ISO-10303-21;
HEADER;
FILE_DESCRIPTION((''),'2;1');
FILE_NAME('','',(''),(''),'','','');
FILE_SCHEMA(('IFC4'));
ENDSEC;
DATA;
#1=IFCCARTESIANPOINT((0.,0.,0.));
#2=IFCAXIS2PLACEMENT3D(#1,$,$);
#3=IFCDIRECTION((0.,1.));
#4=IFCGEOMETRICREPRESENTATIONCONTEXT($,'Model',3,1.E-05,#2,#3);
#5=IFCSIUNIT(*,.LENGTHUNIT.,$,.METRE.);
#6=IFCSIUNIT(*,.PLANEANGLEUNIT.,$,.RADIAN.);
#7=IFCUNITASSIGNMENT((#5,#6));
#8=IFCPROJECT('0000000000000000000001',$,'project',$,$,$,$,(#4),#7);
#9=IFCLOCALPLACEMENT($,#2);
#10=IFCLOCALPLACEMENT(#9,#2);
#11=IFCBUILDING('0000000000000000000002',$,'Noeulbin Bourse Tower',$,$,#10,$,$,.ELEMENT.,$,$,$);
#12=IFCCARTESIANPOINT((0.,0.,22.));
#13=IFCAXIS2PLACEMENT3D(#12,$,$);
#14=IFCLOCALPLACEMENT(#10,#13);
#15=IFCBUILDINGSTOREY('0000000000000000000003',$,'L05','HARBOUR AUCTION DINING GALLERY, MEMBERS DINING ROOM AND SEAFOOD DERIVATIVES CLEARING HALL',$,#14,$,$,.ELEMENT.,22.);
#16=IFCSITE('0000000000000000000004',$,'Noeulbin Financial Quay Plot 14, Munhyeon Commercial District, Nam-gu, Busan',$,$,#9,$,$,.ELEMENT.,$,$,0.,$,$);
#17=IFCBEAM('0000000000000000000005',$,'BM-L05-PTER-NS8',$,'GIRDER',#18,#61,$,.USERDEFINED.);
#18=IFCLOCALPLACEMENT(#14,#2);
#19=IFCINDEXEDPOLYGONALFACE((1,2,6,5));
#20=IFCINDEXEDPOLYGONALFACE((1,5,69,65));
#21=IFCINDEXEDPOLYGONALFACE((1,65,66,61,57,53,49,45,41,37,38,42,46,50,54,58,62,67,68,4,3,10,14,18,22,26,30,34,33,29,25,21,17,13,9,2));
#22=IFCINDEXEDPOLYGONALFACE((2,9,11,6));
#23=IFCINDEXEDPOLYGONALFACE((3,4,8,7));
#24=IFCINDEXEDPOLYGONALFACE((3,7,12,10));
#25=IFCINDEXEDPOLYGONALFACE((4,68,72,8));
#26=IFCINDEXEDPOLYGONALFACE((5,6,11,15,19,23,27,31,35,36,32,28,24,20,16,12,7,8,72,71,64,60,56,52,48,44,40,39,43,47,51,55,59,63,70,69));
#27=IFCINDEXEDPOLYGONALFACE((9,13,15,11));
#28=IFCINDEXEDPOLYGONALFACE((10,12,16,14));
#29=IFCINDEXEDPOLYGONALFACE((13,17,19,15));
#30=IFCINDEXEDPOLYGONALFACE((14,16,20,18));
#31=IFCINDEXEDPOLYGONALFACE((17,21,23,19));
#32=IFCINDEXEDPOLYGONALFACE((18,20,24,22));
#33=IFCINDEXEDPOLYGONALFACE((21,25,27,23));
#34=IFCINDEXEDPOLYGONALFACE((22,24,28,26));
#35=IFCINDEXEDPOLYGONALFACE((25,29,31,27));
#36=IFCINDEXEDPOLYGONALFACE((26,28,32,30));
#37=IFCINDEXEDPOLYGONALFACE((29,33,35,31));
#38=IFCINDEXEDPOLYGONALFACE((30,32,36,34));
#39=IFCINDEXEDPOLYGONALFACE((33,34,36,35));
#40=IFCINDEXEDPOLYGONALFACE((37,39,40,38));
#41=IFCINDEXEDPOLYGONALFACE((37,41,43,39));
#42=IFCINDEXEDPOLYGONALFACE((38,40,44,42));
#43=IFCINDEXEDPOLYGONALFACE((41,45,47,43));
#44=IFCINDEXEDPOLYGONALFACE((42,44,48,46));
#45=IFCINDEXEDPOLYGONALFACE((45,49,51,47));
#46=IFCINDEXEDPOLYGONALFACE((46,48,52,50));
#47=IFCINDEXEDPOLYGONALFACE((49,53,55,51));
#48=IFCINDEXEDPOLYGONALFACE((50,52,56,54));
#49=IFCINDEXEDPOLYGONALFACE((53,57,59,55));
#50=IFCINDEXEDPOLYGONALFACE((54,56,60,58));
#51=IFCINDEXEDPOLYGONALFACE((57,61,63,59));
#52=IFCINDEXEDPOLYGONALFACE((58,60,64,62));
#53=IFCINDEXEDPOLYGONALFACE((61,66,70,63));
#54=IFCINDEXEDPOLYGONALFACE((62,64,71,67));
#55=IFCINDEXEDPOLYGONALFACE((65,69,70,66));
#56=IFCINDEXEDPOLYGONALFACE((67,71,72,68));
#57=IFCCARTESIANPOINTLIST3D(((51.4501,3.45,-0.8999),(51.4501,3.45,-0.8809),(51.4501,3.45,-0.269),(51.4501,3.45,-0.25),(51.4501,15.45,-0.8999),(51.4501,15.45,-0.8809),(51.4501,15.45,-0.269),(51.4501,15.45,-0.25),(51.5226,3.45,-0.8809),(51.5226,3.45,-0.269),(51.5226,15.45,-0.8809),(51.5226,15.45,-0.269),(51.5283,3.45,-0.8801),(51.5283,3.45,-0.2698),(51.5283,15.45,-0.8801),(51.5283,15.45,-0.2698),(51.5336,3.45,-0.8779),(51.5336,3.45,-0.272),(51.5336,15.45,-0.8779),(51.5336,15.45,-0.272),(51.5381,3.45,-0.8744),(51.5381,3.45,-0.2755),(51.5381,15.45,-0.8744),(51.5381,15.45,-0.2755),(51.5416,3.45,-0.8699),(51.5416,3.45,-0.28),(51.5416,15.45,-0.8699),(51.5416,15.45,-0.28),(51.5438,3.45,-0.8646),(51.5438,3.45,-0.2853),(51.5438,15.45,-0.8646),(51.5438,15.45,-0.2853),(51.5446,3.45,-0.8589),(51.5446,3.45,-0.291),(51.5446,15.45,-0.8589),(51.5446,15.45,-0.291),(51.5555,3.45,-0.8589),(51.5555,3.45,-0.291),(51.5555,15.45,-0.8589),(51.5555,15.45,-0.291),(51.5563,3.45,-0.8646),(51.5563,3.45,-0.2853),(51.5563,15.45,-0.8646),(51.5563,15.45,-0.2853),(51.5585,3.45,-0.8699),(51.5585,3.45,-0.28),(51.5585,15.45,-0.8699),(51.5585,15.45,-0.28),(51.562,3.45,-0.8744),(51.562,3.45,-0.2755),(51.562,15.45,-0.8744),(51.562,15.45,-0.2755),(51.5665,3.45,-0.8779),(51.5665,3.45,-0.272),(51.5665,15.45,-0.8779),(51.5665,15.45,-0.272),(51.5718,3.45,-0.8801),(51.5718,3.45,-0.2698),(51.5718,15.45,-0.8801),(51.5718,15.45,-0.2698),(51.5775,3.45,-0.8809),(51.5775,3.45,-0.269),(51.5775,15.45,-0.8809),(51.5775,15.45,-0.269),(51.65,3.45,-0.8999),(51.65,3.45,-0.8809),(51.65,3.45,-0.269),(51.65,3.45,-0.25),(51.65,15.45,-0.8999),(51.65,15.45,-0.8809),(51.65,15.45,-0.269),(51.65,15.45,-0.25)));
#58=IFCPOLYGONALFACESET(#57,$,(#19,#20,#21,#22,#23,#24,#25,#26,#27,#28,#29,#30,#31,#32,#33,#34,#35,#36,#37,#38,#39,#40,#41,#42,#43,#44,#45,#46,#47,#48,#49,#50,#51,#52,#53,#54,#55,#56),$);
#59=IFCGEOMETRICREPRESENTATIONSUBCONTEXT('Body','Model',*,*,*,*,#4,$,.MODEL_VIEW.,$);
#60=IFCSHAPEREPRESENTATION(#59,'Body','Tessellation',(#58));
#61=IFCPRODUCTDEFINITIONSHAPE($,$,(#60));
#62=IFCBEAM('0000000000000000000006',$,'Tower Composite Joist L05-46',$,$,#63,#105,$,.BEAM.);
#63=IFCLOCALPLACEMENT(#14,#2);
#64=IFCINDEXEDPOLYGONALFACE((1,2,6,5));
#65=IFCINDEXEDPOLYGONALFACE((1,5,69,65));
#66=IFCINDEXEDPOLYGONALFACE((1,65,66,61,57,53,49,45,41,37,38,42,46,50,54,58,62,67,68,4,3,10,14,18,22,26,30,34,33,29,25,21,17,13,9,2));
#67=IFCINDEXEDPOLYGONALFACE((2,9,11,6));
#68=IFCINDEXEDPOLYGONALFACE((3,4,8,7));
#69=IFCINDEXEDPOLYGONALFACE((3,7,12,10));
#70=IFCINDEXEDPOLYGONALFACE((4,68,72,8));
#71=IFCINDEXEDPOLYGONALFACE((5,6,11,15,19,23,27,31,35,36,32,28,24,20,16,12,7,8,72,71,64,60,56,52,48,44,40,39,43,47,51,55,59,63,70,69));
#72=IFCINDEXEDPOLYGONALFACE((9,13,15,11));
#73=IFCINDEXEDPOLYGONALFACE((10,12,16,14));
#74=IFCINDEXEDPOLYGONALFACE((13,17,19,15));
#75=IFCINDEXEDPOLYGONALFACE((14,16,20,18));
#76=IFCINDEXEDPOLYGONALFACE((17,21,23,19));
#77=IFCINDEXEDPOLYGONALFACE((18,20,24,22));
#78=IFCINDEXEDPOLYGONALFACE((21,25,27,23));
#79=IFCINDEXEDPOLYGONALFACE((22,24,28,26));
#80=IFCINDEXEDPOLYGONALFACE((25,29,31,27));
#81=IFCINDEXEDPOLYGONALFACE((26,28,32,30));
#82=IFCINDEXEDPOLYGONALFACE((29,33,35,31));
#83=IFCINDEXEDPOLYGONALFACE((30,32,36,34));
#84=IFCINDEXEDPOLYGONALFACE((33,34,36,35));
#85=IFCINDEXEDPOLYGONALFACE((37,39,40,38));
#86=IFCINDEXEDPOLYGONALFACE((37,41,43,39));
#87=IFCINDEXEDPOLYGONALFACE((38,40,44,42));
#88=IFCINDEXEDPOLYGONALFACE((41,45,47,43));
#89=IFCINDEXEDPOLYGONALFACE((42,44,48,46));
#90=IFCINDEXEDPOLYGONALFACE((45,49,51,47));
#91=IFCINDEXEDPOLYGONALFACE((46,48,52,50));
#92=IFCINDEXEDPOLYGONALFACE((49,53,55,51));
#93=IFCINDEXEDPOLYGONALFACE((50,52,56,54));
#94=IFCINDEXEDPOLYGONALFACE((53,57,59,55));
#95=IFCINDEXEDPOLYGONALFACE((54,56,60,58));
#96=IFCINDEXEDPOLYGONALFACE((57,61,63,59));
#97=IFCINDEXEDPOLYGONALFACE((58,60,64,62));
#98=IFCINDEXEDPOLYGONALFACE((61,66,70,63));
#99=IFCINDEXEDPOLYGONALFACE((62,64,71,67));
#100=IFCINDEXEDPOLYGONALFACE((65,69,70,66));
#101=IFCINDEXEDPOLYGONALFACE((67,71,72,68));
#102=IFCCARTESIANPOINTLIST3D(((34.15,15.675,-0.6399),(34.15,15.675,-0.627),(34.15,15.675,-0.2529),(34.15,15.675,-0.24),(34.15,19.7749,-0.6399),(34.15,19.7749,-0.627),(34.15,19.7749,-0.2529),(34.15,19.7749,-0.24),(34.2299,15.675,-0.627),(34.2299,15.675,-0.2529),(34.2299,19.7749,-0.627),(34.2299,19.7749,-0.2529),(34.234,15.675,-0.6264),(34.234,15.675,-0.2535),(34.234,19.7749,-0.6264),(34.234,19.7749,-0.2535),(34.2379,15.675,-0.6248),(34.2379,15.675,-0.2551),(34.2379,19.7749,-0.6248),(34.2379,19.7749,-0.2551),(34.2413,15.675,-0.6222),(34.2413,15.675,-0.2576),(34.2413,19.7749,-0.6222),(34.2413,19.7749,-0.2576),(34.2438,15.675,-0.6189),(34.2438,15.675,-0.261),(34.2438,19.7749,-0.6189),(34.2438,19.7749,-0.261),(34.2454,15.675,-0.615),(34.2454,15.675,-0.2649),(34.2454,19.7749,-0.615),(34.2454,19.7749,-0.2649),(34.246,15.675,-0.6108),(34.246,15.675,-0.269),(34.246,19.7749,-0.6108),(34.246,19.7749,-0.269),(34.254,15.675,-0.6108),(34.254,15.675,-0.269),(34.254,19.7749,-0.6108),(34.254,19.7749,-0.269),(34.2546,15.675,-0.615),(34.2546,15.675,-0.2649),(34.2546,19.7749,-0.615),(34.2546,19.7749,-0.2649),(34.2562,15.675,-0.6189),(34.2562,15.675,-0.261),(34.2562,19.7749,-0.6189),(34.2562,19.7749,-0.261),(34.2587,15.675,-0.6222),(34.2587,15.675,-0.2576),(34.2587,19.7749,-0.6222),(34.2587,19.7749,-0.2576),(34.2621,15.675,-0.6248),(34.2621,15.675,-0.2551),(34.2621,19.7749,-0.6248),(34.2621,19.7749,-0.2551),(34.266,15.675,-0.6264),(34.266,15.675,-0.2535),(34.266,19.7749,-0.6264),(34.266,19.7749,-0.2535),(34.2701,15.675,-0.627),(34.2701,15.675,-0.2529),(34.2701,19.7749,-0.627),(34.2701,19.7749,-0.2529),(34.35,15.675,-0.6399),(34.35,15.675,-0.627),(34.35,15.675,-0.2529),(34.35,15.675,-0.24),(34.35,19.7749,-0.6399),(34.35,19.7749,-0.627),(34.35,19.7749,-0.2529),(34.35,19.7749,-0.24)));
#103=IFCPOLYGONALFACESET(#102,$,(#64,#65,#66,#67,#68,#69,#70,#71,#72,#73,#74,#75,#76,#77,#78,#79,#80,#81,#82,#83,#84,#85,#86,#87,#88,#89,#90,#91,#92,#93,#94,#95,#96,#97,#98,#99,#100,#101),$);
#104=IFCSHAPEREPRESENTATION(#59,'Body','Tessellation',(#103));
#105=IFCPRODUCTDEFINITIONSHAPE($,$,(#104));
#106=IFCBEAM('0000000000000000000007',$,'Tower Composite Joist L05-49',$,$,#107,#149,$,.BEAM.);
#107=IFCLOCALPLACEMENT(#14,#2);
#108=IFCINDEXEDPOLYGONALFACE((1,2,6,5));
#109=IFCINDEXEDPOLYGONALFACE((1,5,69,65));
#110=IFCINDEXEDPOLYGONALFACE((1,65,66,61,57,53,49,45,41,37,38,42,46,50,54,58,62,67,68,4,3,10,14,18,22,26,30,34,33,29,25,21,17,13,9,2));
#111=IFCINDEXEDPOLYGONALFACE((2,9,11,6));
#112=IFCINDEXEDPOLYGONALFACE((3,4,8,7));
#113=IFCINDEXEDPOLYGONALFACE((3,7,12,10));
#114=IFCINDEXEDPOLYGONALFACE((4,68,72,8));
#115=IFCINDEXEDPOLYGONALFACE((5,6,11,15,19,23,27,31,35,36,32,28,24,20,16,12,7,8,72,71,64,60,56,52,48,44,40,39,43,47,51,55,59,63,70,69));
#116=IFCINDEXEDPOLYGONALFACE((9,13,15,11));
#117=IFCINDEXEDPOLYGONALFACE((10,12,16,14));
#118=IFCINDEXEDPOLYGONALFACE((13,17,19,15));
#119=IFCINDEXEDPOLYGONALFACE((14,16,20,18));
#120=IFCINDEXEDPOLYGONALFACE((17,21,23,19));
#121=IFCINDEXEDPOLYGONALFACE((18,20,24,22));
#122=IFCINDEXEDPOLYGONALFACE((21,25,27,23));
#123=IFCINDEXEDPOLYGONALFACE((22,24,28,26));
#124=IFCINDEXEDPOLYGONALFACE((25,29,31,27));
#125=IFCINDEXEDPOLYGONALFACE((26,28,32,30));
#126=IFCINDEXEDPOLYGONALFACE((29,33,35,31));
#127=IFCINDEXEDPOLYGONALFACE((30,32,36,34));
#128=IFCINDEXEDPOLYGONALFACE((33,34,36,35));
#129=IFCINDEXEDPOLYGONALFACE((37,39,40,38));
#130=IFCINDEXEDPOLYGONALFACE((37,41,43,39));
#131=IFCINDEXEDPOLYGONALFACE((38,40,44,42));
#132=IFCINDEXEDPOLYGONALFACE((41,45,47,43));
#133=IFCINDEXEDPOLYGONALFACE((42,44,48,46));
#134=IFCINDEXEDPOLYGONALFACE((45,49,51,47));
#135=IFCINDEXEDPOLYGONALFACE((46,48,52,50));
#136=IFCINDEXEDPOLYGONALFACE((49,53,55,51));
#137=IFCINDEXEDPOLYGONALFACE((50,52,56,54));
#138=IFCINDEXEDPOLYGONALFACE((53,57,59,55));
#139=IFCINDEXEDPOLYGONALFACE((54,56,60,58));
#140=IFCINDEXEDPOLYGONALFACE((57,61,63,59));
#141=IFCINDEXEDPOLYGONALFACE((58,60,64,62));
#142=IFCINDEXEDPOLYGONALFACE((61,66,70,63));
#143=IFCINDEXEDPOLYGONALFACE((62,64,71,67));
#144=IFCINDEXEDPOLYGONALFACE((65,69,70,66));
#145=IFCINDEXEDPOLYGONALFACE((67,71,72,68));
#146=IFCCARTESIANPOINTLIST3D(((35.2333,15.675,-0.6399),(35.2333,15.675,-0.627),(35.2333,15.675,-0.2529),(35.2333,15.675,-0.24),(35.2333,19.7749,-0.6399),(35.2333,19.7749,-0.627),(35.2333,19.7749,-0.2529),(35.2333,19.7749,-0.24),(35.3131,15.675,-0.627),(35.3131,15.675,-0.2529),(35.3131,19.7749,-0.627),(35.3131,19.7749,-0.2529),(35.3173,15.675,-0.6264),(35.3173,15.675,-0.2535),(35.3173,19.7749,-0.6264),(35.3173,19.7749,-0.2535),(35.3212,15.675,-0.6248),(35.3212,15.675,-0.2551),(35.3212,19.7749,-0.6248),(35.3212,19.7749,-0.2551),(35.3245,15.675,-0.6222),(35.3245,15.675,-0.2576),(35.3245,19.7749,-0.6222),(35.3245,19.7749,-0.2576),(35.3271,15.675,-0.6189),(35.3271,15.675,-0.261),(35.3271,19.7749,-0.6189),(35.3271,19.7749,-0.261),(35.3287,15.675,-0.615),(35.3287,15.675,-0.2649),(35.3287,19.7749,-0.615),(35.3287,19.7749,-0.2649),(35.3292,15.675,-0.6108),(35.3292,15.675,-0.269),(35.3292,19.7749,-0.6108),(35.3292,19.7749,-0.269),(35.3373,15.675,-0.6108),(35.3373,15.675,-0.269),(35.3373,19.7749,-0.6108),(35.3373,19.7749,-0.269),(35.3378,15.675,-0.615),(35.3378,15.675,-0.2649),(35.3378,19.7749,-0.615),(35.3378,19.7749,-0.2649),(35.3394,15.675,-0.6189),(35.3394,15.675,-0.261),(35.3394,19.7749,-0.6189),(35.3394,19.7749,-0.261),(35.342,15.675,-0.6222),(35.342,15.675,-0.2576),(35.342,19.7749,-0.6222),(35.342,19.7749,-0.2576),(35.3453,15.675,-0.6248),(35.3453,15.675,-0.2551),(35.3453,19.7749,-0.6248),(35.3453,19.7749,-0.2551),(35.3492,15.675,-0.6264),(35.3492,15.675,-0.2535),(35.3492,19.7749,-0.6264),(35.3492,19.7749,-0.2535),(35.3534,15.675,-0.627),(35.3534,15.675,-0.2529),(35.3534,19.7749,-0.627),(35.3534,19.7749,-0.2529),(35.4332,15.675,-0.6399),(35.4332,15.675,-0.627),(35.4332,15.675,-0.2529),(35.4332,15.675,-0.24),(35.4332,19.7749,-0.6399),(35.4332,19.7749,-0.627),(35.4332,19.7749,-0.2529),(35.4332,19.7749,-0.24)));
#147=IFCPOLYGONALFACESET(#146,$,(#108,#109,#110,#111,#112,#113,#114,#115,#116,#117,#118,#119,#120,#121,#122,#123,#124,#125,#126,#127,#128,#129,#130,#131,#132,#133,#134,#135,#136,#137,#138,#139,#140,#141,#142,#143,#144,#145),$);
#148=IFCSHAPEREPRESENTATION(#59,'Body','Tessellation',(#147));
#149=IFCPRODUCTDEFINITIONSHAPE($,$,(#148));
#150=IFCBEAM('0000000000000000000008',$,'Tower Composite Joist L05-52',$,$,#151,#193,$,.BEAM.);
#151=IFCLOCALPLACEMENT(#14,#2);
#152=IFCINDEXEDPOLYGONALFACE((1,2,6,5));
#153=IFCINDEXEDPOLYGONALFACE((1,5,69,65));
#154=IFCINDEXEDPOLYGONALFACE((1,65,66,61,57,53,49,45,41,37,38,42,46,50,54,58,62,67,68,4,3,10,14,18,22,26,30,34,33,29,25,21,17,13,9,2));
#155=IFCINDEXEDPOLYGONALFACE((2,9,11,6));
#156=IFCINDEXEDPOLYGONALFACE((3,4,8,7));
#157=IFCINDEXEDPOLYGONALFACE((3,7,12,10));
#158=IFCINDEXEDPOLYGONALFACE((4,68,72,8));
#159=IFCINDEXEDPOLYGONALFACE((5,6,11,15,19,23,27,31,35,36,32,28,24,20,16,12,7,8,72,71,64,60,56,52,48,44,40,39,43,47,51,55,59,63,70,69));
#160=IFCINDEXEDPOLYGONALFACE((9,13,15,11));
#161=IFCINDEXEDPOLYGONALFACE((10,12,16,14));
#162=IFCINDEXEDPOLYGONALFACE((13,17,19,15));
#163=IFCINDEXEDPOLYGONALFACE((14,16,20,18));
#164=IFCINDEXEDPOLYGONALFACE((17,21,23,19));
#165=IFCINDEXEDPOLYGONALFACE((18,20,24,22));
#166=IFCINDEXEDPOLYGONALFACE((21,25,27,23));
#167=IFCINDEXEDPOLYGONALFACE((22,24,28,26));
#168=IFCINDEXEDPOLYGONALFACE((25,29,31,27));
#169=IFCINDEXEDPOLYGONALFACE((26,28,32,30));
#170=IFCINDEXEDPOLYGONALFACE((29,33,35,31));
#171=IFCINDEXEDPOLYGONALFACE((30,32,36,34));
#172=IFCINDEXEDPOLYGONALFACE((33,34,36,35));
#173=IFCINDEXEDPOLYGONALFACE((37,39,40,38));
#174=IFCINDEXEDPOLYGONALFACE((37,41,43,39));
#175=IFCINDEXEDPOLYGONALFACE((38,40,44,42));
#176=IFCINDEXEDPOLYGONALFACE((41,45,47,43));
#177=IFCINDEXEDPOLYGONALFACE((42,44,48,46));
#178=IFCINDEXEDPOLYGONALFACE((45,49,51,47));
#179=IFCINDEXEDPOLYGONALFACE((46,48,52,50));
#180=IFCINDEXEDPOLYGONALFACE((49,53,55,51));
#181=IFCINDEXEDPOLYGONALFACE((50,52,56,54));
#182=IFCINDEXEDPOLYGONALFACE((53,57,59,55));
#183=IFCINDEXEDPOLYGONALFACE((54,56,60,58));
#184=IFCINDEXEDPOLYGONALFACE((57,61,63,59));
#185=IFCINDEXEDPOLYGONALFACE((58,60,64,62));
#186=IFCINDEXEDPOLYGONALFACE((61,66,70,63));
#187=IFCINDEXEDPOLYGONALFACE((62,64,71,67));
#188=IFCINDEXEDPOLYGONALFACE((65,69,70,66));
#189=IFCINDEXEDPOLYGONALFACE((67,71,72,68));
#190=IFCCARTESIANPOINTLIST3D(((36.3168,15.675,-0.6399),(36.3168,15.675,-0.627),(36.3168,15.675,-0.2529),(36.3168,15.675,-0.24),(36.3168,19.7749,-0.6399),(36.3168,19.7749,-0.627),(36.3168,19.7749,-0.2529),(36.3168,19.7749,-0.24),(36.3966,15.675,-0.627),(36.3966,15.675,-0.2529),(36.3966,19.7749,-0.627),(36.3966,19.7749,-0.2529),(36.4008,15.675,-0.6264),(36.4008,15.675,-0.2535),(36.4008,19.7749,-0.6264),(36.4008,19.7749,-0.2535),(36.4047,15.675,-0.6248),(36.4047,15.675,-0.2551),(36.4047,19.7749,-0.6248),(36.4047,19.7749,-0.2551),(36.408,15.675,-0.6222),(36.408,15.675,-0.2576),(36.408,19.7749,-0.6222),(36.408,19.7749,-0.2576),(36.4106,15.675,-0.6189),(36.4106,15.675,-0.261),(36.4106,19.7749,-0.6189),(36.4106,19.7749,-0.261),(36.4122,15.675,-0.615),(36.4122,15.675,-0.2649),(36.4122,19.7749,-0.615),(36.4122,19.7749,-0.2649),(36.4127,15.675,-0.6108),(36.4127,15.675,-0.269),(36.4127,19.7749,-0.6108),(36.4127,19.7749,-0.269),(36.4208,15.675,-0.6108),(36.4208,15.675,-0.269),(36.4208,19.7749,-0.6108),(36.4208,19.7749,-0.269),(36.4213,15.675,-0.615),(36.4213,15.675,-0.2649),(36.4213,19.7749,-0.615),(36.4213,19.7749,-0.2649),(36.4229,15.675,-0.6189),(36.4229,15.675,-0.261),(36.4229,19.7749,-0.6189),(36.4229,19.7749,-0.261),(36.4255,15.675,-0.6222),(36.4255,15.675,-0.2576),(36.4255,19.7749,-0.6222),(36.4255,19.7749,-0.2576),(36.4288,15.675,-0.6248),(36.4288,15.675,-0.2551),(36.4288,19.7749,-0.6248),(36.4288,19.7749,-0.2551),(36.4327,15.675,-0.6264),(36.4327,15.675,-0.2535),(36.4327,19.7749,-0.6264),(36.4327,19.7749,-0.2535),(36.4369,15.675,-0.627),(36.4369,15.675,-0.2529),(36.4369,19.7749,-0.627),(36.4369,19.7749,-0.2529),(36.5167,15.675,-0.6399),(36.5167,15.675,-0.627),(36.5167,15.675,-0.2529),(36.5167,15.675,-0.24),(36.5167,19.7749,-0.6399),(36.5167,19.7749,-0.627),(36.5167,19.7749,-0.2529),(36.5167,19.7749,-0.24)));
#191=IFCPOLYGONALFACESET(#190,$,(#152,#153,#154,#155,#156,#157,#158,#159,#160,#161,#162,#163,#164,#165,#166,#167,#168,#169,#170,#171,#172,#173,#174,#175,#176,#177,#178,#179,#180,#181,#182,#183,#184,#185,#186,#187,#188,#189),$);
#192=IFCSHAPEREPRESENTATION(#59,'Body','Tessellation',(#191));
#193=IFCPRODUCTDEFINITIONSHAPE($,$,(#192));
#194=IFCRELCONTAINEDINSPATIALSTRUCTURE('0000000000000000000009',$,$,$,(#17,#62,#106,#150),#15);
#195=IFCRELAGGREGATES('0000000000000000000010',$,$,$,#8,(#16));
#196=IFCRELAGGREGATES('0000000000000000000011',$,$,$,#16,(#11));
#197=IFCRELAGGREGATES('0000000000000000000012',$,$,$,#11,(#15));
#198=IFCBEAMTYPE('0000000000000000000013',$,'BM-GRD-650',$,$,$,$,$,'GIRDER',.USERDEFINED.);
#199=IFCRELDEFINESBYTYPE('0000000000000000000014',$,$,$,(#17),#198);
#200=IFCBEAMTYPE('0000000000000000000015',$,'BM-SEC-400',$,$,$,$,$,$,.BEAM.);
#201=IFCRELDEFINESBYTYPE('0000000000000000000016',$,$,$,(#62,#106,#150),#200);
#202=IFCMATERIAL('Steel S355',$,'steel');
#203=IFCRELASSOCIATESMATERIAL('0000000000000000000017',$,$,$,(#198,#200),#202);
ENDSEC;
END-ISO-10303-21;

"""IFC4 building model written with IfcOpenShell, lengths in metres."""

from ifc_helpers import new_model, si_unit, direction, frame, origin, origin_2d, place, context, subcontext, project, spatial, i_section, extrude, material, material_profile, profile_set, type_object, element, save


model = new_model("IFC4")

# Units and contexts
model_context = context("Model", 3, precision=1e-05, world=origin(), true_north=direction((0.0, 1.0)))
body_context = subcontext(model_context, "Body", "Model", "MODEL_VIEW")
ifc_project = project(units=[si_unit("LENGTHUNIT", "METRE"), si_unit("PLANEANGLEUNIT", "RADIAN")], contexts=[model_context])

# Site, building, storey
site_placement = place(None, origin())
site = spatial("IfcSite", under=ifc_project, at=site_placement, Name="Noeulbin Financial Quay Plot 14, Munhyeon Commercial District, Nam-gu, Busan", CompositionType="ELEMENT", RefElevation=0.0)
building_placement = place(site_placement, origin())
building = spatial("IfcBuilding", under=site, at=building_placement, Name="Noeulbin Bourse Tower", CompositionType="ELEMENT")
storey_placement = place(building_placement, frame((0.0, 0.0, 22.0)))
storey = spatial("IfcBuildingStorey", under=building, at=storey_placement, Name="L05", Description="HARBOUR AUCTION DINING GALLERY, MEMBERS DINING ROOM AND SEAFOOD DERIVATIVES CLEARING HALL", CompositionType="ELEMENT", Elevation=22.0)

# Beams
ifc_material_1 = material(Name="Steel S355", Category="steel")
ifc_material_profile_1 = material_profile(ifc_material_1, i_section(OverallWidth=0.2, OverallDepth=0.6499, WebThickness=0.011, FlangeThickness=0.019, FilletRadius=0.022, at=origin_2d()), Name="H-650x200x11x19", Category="LoadBearing")
ifc_profile_set_1 = profile_set([ifc_material_profile_1], Name="Steel S355")
beam_type_1 = type_object("IfcBeamType", Name="BM-GRD-650", ElementType="GIRDER", PredefinedType="USERDEFINED", material=ifc_profile_set_1)
for number, where, z_axis, x_axis, name in (
    (1, (51.55, 3.45, -0.575), (0.0, 1.0, 0.0), (-1.0, 0.0, 0.0), "BM-L05-PTER-NS8"),
):
    element("IfcBeam", number, at=place(storey_placement, frame(where, z_axis=z_axis, x_axis=x_axis)), inside=storey, type_object=beam_type_1, Name=name, ObjectType="GIRDER", PredefinedType="USERDEFINED", context=body_context, shape_type="SweptSolid", body=[
        extrude(i_section(OverallWidth=0.2, OverallDepth=0.6499, WebThickness=0.011, FlangeThickness=0.019, FilletRadius=0.022, at=origin_2d()), origin(), (0.0, 0.0, 1.0), 12.0),
    ])
ifc_material_profile_2 = material_profile(ifc_material_1, i_section(OverallWidth=0.2, OverallDepth=0.3999, WebThickness=0.0081, FlangeThickness=0.0129, FilletRadius=0.0161, at=origin_2d()), Name="H-400x200x8x13", Category="LoadBearing")
ifc_profile_set_2 = profile_set([ifc_material_profile_2], Name="Steel S355")
beam_type_2 = type_object("IfcBeamType", Name="BM-SEC-400", PredefinedType="BEAM", material=ifc_profile_set_2)
for number, where, z_axis, x_axis, name in (
    (2, (34.25, 15.675, -0.4399), (0.0, 1.0, 0.0), (-1.0, 0.0, 0.0), "Tower Composite Joist L05-46"),
    (3, (35.3333, 15.675, -0.4399), (0.0, 1.0, 0.0), (-1.0, 0.0, 0.0), "Tower Composite Joist L05-49"),
    (4, (36.4167, 15.675, -0.4399), (0.0, 1.0, 0.0), (-1.0, 0.0, 0.0), "Tower Composite Joist L05-52"),
):
    element("IfcBeam", number, at=place(storey_placement, frame(where, z_axis=z_axis, x_axis=x_axis)), inside=storey, type_object=beam_type_2, Name=name, PredefinedType="BEAM", context=body_context, shape_type="SweptSolid", body=[
        extrude(i_section(OverallWidth=0.2, OverallDepth=0.3999, WebThickness=0.0081, FlangeThickness=0.0129, FilletRadius=0.0161, at=origin_2d()), origin(), (0.0, 0.0, 1.0), 4.0999),
    ])

save(model, "model.ifc")
